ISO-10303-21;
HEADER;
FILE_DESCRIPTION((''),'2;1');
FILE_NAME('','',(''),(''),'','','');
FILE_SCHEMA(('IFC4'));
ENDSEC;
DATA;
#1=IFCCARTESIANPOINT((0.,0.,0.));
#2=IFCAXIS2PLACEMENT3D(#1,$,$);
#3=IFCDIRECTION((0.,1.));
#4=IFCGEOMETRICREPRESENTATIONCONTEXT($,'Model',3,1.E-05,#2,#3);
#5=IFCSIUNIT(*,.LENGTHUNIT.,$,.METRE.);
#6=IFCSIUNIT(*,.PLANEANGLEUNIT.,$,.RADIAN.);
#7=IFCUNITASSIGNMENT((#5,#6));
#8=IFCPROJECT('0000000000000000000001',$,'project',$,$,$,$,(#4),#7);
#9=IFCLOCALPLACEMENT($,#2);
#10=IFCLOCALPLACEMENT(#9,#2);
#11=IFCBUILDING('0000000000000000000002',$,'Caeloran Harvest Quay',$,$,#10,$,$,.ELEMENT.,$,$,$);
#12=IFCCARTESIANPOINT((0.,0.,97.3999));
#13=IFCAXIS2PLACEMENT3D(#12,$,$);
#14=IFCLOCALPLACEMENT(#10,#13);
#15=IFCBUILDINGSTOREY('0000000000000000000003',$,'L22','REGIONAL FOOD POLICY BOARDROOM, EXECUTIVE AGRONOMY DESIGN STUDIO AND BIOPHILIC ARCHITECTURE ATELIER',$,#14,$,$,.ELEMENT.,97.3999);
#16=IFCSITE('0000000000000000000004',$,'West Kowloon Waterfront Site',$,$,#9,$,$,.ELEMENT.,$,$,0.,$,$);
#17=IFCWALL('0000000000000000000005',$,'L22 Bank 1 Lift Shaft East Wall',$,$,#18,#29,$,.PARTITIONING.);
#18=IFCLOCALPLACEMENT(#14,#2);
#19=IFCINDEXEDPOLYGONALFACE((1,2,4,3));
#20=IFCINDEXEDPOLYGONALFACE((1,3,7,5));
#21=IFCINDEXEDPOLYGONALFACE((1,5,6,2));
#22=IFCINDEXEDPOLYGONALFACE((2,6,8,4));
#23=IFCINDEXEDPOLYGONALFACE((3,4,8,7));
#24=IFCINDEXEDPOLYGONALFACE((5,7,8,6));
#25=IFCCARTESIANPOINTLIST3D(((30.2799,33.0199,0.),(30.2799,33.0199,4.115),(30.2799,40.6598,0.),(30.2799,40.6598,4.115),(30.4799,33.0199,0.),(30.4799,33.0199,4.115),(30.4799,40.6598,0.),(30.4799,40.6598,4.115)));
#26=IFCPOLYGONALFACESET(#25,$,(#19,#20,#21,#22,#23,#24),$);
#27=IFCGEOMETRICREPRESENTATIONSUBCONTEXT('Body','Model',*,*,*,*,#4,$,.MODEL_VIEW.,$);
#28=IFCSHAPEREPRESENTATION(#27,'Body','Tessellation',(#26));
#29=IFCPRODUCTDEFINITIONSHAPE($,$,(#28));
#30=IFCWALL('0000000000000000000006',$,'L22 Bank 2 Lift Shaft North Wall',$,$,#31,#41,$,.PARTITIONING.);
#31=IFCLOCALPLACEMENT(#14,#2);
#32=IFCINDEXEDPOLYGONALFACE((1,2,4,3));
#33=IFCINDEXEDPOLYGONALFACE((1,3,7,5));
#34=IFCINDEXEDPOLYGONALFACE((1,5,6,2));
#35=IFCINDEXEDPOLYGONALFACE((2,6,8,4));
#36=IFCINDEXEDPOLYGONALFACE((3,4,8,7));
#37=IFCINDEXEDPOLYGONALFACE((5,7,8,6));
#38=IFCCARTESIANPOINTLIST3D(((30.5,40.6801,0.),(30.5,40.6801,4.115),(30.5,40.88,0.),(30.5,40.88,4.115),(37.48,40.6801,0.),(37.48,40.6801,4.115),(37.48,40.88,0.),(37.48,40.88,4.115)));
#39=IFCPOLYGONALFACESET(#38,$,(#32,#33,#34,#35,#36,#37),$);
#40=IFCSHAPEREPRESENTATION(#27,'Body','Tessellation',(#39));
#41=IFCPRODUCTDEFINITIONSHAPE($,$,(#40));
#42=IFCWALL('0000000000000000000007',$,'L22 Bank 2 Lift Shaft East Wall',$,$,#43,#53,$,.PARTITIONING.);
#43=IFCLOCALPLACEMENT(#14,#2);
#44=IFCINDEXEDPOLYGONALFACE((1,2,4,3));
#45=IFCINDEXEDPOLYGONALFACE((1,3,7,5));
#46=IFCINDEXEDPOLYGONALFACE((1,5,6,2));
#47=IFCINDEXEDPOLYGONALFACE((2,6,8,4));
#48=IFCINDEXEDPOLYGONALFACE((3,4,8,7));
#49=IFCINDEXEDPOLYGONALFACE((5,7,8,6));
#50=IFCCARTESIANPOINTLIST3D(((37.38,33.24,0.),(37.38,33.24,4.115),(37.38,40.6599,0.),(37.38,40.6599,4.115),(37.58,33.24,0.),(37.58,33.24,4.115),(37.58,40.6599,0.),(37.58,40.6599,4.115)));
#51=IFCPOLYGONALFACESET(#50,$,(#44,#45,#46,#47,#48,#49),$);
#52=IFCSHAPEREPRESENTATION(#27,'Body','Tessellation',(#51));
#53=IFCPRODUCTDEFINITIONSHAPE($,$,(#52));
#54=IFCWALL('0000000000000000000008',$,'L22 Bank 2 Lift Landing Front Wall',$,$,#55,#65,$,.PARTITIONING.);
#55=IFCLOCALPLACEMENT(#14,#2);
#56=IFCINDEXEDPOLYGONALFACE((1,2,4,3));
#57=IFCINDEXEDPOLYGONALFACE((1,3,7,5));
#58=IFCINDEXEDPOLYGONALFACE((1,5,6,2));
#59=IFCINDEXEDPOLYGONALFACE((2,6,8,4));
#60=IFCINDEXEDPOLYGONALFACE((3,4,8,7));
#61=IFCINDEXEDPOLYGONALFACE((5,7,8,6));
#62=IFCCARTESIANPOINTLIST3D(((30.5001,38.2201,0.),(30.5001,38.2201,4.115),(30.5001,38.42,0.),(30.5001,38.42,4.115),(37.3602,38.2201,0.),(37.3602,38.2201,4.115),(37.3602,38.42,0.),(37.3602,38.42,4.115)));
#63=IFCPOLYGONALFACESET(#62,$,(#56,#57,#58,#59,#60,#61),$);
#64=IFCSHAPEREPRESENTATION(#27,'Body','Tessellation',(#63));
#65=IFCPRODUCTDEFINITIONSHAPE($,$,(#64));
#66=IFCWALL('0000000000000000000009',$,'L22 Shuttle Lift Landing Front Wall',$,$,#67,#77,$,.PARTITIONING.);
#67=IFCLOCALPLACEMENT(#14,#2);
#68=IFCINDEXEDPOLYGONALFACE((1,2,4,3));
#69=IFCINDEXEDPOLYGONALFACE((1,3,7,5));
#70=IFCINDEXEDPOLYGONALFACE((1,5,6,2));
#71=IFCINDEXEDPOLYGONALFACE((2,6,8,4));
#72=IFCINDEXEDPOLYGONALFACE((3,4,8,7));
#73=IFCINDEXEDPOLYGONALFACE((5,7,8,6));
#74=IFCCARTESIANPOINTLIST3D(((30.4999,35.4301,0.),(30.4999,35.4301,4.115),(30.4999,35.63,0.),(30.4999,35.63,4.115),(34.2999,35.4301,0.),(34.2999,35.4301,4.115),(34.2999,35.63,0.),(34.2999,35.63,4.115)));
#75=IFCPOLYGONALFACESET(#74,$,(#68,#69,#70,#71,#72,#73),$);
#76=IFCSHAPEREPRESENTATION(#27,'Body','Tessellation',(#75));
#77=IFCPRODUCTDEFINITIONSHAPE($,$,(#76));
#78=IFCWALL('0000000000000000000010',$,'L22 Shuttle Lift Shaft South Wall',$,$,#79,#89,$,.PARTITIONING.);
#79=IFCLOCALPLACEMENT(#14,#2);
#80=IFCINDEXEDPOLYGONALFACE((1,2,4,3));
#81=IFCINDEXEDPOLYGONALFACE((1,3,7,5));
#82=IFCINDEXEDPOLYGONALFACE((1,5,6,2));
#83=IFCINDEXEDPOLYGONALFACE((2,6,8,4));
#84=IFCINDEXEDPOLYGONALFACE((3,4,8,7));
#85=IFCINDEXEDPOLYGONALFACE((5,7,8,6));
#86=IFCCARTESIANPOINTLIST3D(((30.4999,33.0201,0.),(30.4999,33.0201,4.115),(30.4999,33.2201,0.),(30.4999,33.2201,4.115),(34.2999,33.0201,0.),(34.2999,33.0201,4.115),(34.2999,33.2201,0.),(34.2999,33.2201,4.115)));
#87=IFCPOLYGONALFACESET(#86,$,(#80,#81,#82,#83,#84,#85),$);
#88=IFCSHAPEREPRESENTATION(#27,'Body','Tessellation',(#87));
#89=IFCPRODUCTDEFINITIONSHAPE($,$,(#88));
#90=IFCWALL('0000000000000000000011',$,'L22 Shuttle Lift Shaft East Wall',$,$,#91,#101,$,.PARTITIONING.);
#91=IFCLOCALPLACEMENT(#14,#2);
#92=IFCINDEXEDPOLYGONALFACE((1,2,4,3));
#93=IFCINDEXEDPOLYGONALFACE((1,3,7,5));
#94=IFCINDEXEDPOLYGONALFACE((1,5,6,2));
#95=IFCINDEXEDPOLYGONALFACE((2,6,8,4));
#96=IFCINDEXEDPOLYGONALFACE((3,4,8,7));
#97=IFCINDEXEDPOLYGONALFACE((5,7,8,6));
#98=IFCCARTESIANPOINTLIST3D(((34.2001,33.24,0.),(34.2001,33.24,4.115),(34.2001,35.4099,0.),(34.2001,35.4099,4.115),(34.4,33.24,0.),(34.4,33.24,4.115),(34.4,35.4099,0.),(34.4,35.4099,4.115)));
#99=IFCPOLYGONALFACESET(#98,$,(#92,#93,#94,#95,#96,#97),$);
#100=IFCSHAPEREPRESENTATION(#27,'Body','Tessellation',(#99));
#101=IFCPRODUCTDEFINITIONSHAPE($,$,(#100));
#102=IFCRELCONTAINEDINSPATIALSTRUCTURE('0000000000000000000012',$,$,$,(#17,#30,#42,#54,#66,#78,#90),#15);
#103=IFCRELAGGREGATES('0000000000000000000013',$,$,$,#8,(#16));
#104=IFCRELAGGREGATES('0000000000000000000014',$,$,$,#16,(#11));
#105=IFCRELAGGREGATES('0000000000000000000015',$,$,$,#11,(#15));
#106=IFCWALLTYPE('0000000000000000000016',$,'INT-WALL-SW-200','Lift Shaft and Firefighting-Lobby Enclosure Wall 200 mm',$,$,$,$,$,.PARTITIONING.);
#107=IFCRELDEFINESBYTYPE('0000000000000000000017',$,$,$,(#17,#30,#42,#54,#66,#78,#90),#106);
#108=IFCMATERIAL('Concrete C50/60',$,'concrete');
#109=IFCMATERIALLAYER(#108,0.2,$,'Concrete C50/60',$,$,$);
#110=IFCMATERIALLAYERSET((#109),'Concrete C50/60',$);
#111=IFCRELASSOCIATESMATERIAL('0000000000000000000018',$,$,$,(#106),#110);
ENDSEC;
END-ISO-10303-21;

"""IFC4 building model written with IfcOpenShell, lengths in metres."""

from ifc_helpers import new_model, si_unit, direction, frame, frame_2d, origin, place, context, subcontext, project, spatial, rectangle, extrude, material, layer, layer_set, type_object, element, save


model = new_model("IFC4")

# Units and contexts
model_context = context("Model", 3, precision=1e-05, world=origin(), true_north=direction((0.0, 1.0)))
body_context = subcontext(model_context, "Body", "Model", "MODEL_VIEW")
ifc_project = project(units=[si_unit("LENGTHUNIT", "METRE"), si_unit("PLANEANGLEUNIT", "RADIAN")], contexts=[model_context])

# Site, building, storey
site_placement = place(None, origin())
site = spatial("IfcSite", under=ifc_project, at=site_placement, Name="West Kowloon Waterfront Site", CompositionType="ELEMENT", RefElevation=0.0)
building_placement = place(site_placement, origin())
building = spatial("IfcBuilding", under=site, at=building_placement, Name="Caeloran Harvest Quay", CompositionType="ELEMENT")
storey_placement = place(building_placement, frame((0.0, 0.0, 97.3999)))
storey = spatial("IfcBuildingStorey", under=building, at=storey_placement, Name="L22", Description="REGIONAL FOOD POLICY BOARDROOM, EXECUTIVE AGRONOMY DESIGN STUDIO AND BIOPHILIC ARCHITECTURE ATELIER", CompositionType="ELEMENT", Elevation=97.3999)

# Walls
ifc_material_1 = material(Name="Concrete C50/60", Category="concrete")
ifc_layer_1 = layer(ifc_material_1, 0.2, Name="Concrete C50/60")
ifc_layer_set_1 = layer_set([ifc_layer_1], Name="Concrete C50/60")
wall_type_1 = type_object("IfcWallType", Name="INT-WALL-SW-200", Description="Lift Shaft and Firefighting-Lobby Enclosure Wall 200 mm", PredefinedType="PARTITIONING", material=ifc_layer_set_1)
wall_1_placement = place(storey_placement, frame((30.3799, 33.02, 0.0), z_axis=(0.0, 0.0, 1.0), x_axis=(0.0, 1.0, 0.0)))
element("IfcWall", 1, at=wall_1_placement, inside=storey, type_object=wall_type_1, Name="L22 Bank 1 Lift Shaft East Wall", PredefinedType="PARTITIONING", context=body_context, shape_type="SweptSolid", body=[
    extrude(rectangle(XDim=7.6399, YDim=0.2, at=frame_2d((3.8198, 0.0))), origin(), (0.0, 0.0, 1.0), 4.115),
])
wall_2_placement = place(storey_placement, frame((30.5, 40.78, 0.0), z_axis=(0.0, 0.0, 1.0), x_axis=(1.0, 0.0, 0.0)))
element("IfcWall", 2, at=wall_2_placement, inside=storey, type_object=wall_type_1, Name="L22 Bank 2 Lift Shaft North Wall", PredefinedType="PARTITIONING", context=body_context, shape_type="SweptSolid", body=[
    extrude(rectangle(XDim=6.98, YDim=0.2, at=frame_2d((3.49, 0.0))), origin(), (0.0, 0.0, 1.0), 4.115),
])
wall_3_placement = place(storey_placement, frame((37.48, 33.24, 0.0), z_axis=(0.0, 0.0, 1.0), x_axis=(0.0, 1.0, 0.0)))
element("IfcWall", 3, at=wall_3_placement, inside=storey, type_object=wall_type_1, Name="L22 Bank 2 Lift Shaft East Wall", PredefinedType="PARTITIONING", context=body_context, shape_type="SweptSolid", body=[
    extrude(rectangle(XDim=7.4199, YDim=0.2, at=frame_2d((3.71, 0.0))), origin(), (0.0, 0.0, 1.0), 4.115),
])
wall_4_placement = place(storey_placement, frame((30.5, 38.3201, 0.0), z_axis=(0.0, 0.0, 1.0), x_axis=(1.0, 0.0, 0.0)))
element("IfcWall", 4, at=wall_4_placement, inside=storey, type_object=wall_type_1, Name="L22 Bank 2 Lift Landing Front Wall", PredefinedType="PARTITIONING", context=body_context, shape_type="SweptSolid", body=[
    extrude(rectangle(XDim=6.8601, YDim=0.2, at=frame_2d((3.4302, 0.0))), origin(), (0.0, 0.0, 1.0), 4.115),
])
for number, where, z_axis, x_axis, name in (
    (5, (30.5, 35.53, 0.0), (0.0, 0.0, 1.0), (1.0, 0.0, 0.0), "L22 Shuttle Lift Landing Front Wall"),
    (6, (30.5, 33.1201, 0.0), (0.0, 0.0, 1.0), (1.0, 0.0, 0.0), "L22 Shuttle Lift Shaft South Wall"),
):
    element("IfcWall", number, at=place(storey_placement, frame(where, z_axis=z_axis, x_axis=x_axis)), inside=storey, type_object=wall_type_1, Name=name, PredefinedType="PARTITIONING", context=body_context, shape_type="SweptSolid", body=[
        extrude(rectangle(XDim=3.8, YDim=0.2, at=frame_2d((1.8999, 0.0))), origin(), (0.0, 0.0, 1.0), 4.115),
    ])
wall_5_placement = place(storey_placement, frame((34.3, 33.24, 0.0), z_axis=(0.0, 0.0, 1.0), x_axis=(0.0, 1.0, 0.0)))
element("IfcWall", 7, at=wall_5_placement, inside=storey, type_object=wall_type_1, Name="L22 Shuttle Lift Shaft East Wall", PredefinedType="PARTITIONING", context=body_context, shape_type="SweptSolid", body=[
    extrude(rectangle(XDim=2.1699, YDim=0.2, at=frame_2d((1.085, 0.0))), origin(), (0.0, 0.0, 1.0), 4.115),
])

save(model, "model.ifc")
